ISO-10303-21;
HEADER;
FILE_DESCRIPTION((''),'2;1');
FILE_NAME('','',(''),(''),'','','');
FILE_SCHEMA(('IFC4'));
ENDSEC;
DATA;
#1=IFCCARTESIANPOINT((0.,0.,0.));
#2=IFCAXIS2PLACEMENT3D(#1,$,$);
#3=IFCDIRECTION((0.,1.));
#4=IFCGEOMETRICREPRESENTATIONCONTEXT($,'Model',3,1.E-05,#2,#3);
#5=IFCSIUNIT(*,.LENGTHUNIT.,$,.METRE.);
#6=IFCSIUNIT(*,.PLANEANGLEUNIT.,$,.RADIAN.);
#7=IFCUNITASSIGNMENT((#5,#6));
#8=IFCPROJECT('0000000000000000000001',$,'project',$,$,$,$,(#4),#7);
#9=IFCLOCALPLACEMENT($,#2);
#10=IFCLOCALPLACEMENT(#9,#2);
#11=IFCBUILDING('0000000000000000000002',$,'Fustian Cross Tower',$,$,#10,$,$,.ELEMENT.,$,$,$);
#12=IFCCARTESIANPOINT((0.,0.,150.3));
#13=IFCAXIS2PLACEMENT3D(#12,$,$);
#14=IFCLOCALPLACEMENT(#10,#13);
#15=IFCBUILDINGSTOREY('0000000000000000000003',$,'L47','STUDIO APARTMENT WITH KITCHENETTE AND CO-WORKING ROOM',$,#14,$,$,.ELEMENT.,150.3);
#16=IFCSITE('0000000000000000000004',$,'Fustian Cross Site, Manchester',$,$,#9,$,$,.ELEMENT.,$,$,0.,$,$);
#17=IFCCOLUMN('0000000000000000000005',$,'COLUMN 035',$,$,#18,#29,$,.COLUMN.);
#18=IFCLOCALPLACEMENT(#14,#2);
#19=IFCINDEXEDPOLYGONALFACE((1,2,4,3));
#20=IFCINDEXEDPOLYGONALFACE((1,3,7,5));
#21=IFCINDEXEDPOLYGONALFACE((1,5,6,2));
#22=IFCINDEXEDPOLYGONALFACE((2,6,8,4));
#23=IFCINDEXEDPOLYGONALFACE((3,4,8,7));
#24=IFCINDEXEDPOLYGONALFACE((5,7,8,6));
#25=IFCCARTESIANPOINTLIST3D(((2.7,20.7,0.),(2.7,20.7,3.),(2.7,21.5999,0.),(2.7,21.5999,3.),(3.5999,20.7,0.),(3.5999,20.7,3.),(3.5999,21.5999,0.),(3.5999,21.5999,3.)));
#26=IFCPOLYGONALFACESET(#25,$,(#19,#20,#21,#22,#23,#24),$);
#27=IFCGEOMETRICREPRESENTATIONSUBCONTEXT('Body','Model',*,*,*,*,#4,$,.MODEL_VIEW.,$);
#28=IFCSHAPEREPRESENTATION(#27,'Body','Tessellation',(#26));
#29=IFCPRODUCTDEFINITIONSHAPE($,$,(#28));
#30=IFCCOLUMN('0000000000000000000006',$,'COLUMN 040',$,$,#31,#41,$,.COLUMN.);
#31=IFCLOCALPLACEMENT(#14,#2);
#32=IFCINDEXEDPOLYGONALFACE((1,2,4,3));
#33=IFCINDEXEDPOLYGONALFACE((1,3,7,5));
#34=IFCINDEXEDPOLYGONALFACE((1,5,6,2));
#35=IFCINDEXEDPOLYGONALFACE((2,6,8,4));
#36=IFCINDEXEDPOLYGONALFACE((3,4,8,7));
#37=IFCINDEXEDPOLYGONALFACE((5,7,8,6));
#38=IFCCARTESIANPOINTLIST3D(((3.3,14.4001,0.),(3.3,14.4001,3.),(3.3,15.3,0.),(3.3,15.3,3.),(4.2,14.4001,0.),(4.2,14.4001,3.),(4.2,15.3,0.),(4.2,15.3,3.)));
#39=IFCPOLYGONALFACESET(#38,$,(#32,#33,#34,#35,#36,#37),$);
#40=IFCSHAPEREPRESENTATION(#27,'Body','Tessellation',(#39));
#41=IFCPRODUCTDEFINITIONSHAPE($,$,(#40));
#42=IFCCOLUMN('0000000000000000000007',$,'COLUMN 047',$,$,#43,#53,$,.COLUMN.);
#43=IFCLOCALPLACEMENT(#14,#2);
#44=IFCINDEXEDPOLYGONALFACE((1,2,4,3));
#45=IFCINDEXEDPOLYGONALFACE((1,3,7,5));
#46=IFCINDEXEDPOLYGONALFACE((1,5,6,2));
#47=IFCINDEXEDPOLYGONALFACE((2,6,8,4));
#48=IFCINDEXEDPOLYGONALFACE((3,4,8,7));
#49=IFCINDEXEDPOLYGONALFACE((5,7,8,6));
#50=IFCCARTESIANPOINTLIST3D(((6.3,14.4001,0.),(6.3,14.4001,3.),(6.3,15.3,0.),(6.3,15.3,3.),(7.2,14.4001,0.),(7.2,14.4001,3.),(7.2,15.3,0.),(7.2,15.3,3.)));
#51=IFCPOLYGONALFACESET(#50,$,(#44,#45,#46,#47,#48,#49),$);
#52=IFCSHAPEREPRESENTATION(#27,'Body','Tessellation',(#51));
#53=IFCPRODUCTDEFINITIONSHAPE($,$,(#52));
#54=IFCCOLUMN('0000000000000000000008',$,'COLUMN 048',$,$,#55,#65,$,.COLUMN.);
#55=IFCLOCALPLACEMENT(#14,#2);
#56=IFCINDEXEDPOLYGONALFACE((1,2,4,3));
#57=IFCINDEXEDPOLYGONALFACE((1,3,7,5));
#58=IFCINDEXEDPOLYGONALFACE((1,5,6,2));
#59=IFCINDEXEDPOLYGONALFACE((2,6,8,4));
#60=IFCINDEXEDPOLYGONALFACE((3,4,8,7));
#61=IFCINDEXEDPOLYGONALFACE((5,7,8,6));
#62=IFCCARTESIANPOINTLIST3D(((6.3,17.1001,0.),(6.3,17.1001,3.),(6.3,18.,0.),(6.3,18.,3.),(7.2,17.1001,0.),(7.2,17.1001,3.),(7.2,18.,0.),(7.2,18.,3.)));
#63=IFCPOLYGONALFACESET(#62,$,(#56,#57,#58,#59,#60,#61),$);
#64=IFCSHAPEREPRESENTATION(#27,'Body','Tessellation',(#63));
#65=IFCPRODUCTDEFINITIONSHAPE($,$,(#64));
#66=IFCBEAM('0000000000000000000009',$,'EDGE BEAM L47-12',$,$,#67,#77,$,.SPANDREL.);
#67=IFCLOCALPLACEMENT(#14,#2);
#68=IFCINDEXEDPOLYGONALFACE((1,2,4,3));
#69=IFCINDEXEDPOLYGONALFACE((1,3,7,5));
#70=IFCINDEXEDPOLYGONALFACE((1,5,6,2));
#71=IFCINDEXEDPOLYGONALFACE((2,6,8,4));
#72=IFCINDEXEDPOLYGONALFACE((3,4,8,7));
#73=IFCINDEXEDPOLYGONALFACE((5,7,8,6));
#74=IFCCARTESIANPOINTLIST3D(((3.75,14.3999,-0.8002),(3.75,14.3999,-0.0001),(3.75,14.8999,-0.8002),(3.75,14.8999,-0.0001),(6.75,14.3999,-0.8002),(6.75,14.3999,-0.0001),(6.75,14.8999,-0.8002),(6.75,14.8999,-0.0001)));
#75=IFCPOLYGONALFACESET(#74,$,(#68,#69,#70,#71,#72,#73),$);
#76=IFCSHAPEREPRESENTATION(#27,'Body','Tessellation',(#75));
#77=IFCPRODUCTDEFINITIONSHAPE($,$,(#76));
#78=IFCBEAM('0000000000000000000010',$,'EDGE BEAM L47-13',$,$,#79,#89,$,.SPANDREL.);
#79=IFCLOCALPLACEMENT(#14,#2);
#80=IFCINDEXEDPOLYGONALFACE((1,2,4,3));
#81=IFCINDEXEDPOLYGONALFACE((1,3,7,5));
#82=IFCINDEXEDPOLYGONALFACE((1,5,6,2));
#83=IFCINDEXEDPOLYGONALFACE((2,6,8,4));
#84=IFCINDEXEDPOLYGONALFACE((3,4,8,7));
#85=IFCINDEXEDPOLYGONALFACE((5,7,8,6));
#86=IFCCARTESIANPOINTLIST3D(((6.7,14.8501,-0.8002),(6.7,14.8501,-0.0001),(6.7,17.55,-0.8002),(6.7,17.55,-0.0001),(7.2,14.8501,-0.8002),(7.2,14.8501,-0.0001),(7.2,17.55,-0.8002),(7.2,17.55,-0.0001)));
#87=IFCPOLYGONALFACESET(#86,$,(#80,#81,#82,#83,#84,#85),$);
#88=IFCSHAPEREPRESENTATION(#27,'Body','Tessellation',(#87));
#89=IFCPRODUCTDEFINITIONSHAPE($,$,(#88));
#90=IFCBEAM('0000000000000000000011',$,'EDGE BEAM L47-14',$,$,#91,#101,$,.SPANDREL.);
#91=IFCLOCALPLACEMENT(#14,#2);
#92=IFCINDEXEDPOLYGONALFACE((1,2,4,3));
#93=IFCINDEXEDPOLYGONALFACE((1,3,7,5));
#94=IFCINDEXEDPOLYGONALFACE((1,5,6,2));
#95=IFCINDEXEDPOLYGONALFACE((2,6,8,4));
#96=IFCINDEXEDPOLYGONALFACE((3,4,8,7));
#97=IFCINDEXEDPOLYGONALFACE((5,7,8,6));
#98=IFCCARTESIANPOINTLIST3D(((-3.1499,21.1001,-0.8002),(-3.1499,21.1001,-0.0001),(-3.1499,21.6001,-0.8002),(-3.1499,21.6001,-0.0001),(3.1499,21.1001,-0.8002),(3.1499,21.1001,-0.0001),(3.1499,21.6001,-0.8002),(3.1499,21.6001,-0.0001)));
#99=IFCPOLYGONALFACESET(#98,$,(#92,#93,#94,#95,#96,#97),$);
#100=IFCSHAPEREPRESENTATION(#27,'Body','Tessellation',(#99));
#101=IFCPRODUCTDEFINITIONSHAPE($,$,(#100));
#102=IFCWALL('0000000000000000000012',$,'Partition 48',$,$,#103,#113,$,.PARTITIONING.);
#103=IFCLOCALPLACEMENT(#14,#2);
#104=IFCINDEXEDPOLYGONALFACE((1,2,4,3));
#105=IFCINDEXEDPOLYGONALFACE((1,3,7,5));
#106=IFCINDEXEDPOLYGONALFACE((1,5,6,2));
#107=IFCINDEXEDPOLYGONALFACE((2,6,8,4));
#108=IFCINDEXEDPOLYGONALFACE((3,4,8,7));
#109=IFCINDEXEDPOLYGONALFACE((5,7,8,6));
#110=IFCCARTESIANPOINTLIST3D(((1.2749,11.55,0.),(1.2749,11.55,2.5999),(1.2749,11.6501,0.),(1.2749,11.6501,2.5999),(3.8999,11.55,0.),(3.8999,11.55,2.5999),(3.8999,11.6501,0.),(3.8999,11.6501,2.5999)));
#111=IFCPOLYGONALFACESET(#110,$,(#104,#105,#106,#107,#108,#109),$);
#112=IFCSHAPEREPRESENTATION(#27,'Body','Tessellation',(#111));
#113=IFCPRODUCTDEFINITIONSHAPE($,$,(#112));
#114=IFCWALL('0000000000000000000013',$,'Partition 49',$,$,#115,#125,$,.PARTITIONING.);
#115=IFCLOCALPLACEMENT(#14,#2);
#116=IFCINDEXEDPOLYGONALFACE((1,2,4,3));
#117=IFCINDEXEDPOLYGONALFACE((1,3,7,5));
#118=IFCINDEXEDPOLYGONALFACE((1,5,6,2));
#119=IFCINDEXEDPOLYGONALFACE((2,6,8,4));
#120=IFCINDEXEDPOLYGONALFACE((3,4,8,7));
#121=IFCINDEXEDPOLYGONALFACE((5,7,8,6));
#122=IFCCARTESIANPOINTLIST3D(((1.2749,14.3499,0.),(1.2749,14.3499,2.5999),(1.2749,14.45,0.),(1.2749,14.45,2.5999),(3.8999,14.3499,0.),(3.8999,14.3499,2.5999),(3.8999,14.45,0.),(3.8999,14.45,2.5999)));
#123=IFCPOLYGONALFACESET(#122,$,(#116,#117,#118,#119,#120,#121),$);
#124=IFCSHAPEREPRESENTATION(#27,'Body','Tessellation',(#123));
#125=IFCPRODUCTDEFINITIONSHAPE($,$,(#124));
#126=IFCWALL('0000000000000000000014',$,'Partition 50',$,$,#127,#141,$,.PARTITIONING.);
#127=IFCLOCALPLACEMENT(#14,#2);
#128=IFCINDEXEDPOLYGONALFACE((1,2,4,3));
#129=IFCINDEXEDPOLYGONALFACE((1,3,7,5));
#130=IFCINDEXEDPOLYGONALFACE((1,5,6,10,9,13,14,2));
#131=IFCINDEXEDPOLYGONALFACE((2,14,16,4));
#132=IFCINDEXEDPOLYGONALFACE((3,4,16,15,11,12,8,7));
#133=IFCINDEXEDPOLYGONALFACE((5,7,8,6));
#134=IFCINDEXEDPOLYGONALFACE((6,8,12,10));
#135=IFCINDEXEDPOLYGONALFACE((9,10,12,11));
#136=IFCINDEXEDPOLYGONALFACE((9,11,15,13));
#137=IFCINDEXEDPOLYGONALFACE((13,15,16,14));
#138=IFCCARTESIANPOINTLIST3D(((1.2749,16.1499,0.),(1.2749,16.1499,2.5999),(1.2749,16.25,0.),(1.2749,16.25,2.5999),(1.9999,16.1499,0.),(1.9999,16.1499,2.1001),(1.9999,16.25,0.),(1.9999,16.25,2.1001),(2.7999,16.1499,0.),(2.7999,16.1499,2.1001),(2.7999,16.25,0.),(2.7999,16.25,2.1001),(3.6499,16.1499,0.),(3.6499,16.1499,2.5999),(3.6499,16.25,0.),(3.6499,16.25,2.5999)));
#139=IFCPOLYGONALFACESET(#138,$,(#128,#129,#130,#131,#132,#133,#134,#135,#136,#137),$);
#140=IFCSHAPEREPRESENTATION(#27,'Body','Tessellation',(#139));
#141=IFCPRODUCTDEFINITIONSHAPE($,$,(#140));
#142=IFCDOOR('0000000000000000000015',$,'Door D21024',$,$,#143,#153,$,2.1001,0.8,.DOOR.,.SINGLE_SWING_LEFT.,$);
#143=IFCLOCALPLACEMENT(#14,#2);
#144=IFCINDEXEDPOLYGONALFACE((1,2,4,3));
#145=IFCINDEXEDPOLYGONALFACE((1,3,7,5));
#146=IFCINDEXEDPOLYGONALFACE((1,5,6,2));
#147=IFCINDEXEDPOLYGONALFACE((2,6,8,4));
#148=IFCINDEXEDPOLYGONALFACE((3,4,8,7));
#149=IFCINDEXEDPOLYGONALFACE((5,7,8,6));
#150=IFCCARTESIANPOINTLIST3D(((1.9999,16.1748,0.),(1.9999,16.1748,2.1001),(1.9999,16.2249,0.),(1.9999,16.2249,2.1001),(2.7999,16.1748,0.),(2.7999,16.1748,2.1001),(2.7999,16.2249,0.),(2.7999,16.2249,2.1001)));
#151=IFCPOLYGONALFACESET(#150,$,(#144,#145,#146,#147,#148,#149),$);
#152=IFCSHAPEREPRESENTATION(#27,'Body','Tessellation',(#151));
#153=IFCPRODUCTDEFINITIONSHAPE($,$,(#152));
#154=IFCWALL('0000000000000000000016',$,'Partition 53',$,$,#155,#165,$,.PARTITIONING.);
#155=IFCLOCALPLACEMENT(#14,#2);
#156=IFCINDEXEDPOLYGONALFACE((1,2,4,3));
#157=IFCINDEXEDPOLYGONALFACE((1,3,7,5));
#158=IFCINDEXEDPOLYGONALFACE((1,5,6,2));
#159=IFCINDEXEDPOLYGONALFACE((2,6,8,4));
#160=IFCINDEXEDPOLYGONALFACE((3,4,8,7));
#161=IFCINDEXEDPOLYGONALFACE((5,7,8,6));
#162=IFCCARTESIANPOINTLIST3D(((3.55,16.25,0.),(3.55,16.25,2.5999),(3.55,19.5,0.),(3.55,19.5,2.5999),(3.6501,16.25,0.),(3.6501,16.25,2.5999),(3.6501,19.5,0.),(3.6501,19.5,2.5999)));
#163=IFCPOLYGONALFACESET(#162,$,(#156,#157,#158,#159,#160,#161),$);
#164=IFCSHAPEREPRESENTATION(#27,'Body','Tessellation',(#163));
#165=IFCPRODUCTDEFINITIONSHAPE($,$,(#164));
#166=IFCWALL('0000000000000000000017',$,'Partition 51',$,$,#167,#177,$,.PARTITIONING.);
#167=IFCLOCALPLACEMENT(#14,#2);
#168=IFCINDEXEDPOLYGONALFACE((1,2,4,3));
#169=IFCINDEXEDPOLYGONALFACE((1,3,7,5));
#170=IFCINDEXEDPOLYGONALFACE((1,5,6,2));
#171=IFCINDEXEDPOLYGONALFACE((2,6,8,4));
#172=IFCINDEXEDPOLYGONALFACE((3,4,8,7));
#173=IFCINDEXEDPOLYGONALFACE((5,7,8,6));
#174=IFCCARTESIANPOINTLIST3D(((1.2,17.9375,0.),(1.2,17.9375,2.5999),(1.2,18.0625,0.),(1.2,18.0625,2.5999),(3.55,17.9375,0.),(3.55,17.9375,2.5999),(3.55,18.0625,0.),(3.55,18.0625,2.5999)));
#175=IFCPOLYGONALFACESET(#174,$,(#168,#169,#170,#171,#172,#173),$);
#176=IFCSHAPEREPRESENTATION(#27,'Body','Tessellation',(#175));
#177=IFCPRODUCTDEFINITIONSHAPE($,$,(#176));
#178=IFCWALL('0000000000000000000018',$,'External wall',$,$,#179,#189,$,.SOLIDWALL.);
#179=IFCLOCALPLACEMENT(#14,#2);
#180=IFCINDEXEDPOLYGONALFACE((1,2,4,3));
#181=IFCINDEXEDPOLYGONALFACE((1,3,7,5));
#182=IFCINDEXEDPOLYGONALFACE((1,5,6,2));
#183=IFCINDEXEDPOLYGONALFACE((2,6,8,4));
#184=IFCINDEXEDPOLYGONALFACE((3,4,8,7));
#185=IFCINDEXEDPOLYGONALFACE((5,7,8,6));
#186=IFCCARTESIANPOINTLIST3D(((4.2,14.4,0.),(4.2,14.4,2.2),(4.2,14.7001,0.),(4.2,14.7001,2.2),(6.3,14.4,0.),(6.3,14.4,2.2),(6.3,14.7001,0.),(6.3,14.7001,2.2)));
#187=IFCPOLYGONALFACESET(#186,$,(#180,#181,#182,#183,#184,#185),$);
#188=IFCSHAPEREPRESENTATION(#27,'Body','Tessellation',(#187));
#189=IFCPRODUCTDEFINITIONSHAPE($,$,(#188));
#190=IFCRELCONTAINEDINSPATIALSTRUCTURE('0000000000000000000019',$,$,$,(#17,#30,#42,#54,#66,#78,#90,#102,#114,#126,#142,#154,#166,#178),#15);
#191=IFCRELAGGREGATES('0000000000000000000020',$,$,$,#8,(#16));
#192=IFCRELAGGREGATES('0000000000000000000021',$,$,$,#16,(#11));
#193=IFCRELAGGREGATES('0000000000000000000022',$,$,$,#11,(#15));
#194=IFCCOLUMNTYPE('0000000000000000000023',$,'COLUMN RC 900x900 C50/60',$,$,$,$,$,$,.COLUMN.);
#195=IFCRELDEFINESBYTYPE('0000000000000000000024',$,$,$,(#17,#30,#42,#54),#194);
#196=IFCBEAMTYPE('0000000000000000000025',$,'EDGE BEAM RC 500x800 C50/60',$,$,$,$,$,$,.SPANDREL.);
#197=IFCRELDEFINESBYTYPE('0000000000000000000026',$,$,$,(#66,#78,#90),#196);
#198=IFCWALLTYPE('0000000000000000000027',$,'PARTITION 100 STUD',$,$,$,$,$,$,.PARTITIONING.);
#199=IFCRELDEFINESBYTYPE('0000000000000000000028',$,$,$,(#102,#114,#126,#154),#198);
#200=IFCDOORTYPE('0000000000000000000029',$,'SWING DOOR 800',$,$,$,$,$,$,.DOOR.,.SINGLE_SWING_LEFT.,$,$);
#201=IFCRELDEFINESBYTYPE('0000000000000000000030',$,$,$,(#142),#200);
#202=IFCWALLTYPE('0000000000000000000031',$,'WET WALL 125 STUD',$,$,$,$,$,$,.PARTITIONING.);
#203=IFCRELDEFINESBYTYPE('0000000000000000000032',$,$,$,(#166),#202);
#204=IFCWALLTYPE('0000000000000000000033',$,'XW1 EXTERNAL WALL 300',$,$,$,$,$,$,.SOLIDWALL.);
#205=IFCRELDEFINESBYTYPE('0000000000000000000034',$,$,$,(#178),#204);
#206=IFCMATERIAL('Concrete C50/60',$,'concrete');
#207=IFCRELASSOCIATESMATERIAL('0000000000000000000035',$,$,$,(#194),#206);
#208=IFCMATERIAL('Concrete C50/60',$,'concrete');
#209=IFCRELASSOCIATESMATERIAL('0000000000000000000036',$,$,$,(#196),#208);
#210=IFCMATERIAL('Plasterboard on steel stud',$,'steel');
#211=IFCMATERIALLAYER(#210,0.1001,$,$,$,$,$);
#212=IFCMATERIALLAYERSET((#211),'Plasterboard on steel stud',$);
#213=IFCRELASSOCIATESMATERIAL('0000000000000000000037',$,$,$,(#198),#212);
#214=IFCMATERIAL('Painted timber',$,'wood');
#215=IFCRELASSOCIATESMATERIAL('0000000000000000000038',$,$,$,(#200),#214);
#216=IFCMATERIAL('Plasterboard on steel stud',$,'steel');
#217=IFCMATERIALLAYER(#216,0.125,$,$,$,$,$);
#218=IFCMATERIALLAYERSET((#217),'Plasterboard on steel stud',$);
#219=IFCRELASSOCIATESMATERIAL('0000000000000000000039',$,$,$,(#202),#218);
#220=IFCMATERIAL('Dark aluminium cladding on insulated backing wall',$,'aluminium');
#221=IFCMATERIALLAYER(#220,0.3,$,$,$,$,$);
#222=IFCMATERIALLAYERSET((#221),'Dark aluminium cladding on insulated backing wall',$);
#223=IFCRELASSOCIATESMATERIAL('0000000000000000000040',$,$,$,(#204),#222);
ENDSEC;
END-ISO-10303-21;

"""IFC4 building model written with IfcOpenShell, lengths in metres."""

from ifc_helpers import new_model, si_unit, direction, frame, frame_2d, origin, origin_2d, place, context, subcontext, project, spatial, rectangle, extrude, material, layer, layer_set, material_profile, profile_set, type_object, element, fill, save


model = new_model("IFC4")

# Units and contexts
model_context = context("Model", 3, precision=1e-05, world=origin(), true_north=direction((0.0, 1.0)))
body_context = subcontext(model_context, "Body", "Model", "MODEL_VIEW")
ifc_project = project(units=[si_unit("LENGTHUNIT", "METRE"), si_unit("PLANEANGLEUNIT", "RADIAN")], contexts=[model_context])

# Site, building, storey
site_placement = place(None, origin())
site = spatial("IfcSite", under=ifc_project, at=site_placement, Name="Fustian Cross Site, Manchester", CompositionType="ELEMENT", RefElevation=0.0)
building_placement = place(site_placement, origin())
building = spatial("IfcBuilding", under=site, at=building_placement, Name="Fustian Cross Tower", CompositionType="ELEMENT")
storey_placement = place(building_placement, frame((0.0, 0.0, 150.3)))
storey = spatial("IfcBuildingStorey", under=building, at=storey_placement, Name="L47", Description="STUDIO APARTMENT WITH KITCHENETTE AND CO-WORKING ROOM", CompositionType="ELEMENT", Elevation=150.3)

# Columns
ifc_material_1 = material(Name="Concrete C50/60", Category="concrete")
ifc_material_profile_1 = material_profile(ifc_material_1, rectangle(XDim=0.8999, YDim=0.8999, at=origin_2d()), Name="RC 900x900")
ifc_profile_set_1 = profile_set([ifc_material_profile_1], Name="Concrete C50/60")
column_type = type_object("IfcColumnType", Name="COLUMN RC 900x900 C50/60", PredefinedType="COLUMN", material=ifc_profile_set_1)
for number, where, z_axis, x_axis, name in (
    (1, (3.1499, 21.1499, 0.0), (0.0, 0.0, 1.0), (1.0, 0.0, 0.0), "COLUMN 035"),
    (2, (3.75, 14.8501, 0.0), (0.0, 0.0, 1.0), (1.0, 0.0, 0.0), "COLUMN 040"),
    (3, (6.75, 14.8501, 0.0), (0.0, 0.0, 1.0), (1.0, 0.0, 0.0), "COLUMN 047"),
    (4, (6.75, 17.55, 0.0), (0.0, 0.0, 1.0), (1.0, 0.0, 0.0), "COLUMN 048"),
):
    element("IfcColumn", number, at=place(storey_placement, frame(where, z_axis=z_axis, x_axis=x_axis)), inside=storey, type_object=column_type, Name=name, PredefinedType="COLUMN", context=body_context, shape_type="SweptSolid", body=[
        extrude(rectangle(XDim=0.8999, YDim=0.8999, at=origin_2d()), origin(), (0.0, 0.0, 1.0), 3.0),
    ])

# Beams
ifc_material_2 = material(Name="Concrete C50/60", Category="concrete")
ifc_material_profile_2 = material_profile(ifc_material_2, rectangle(XDim=0.5, YDim=0.8, at=origin_2d()), Name="RC 500x800")
ifc_profile_set_2 = profile_set([ifc_material_profile_2], Name="Concrete C50/60")
beam_type = type_object("IfcBeamType", Name="EDGE BEAM RC 500x800 C50/60", PredefinedType="SPANDREL", material=ifc_profile_set_2)
beam_1_placement = place(storey_placement, frame((3.75, 14.6499, -0.4001), z_axis=(1.0, 0.0, 0.0), x_axis=(0.0, 1.0, 0.0)))
element("IfcBeam", 5, at=beam_1_placement, inside=storey, type_object=beam_type, Name="EDGE BEAM L47-12", PredefinedType="SPANDREL", context=body_context, shape_type="SweptSolid", body=[
    extrude(rectangle(XDim=0.5, YDim=0.8, at=origin_2d()), origin(), (0.0, 0.0, 1.0), 3.0),
])
beam_2_placement = place(storey_placement, frame((6.95, 14.8501, -0.4001), z_axis=(0.0, 1.0, 0.0), x_axis=(-1.0, 0.0, 0.0)))
element("IfcBeam", 6, at=beam_2_placement, inside=storey, type_object=beam_type, Name="EDGE BEAM L47-13", PredefinedType="SPANDREL", context=body_context, shape_type="SweptSolid", body=[
    extrude(rectangle(XDim=0.5, YDim=0.8, at=origin_2d()), origin(), (0.0, 0.0, 1.0), 2.7),
])
beam_3_placement = place(storey_placement, frame((3.1499, 21.3501, -0.4001), z_axis=(-1.0, 0.0, 0.0), x_axis=(0.0, -1.0, 0.0)))
element("IfcBeam", 7, at=beam_3_placement, inside=storey, type_object=beam_type, Name="EDGE BEAM L47-14", PredefinedType="SPANDREL", context=body_context, shape_type="SweptSolid", body=[
    extrude(rectangle(XDim=0.5, YDim=0.8, at=origin_2d()), origin(), (0.0, 0.0, 1.0), 6.2998),
])

# Walls
ifc_material_3 = material(Name="Plasterboard on steel stud", Category="steel")
ifc_layer_1 = layer(ifc_material_3, 0.1001)
ifc_layer_set_1 = layer_set([ifc_layer_1], Name="Plasterboard on steel stud")
wall_type_1 = type_object("IfcWallType", Name="PARTITION 100 STUD", PredefinedType="PARTITIONING", material=ifc_layer_set_1)
for number, where, z_axis, x_axis, name in (
    (8, (1.2749, 11.6001, 0.0), (0.0, 0.0, 1.0), (1.0, 0.0, 0.0), "Partition 48"),
    (9, (1.2749, 14.3999, 0.0), (0.0, 0.0, 1.0), (1.0, 0.0, 0.0), "Partition 49"),
):
    element("IfcWall", number, at=place(storey_placement, frame(where, z_axis=z_axis, x_axis=x_axis)), inside=storey, type_object=wall_type_1, Name=name, PredefinedType="PARTITIONING", context=body_context, shape_type="SweptSolid", body=[
        extrude(rectangle(XDim=2.625, YDim=0.1001, at=frame_2d((1.3125, 0.0))), origin(), (0.0, 0.0, 1.0), 2.5999),
    ])

# Wall, opening, door
wall_1_placement = place(storey_placement, frame((1.2749, 16.2, 0.0), z_axis=(0.0, 0.0, 1.0), x_axis=(1.0, 0.0, 0.0)))
wall_1 = element("IfcWall", 10, at=wall_1_placement, inside=storey, type_object=wall_type_1, Name="Partition 50", PredefinedType="PARTITIONING", context=body_context, shape_type="SweptSolid", body=[
    extrude(rectangle(XDim=2.375, YDim=0.1001, at=frame_2d((1.1875, 0.0))), origin(), (0.0, 0.0, 1.0), 2.5999),
])
opening_1_placement = place(wall_1_placement, frame((0.7251, 0.0, 0.0)))
opening_1 = element("IfcOpeningElement", 11, at=opening_1_placement, cuts=wall_1, PredefinedType="OPENING", context=body_context, shape_type="SweptSolid", body=[
    extrude(rectangle(XDim=0.8, YDim=2.1001, at=frame_2d((0.3999, 1.05))), frame((0.0, 0.0601, 0.0), z_axis=(0.0, -1.0, 0.0), x_axis=(1.0, 0.0, 0.0)), (0.0, 0.0, 1.0), 0.1201),
])
ifc_material_4 = material(Name="Painted timber", Category="wood")
door_type = type_object("IfcDoorType", Name="SWING DOOR 800", OperationType="SINGLE_SWING_LEFT", PredefinedType="DOOR", material=ifc_material_4)
door_placement = place(opening_1_placement, origin())
door = element("IfcDoor", 12, at=door_placement, inside=storey, type_object=door_type, Name="Door D21024", OperationType="SINGLE_SWING_LEFT", OverallHeight=2.1001, OverallWidth=0.8, PredefinedType="DOOR", context=body_context, shape_type="SweptSolid", body=[
    extrude(rectangle(XDim=0.8, YDim=2.1001, at=frame_2d((0.3999, 1.05))), frame((0.0, 0.0249, 0.0), z_axis=(0.0, -1.0, 0.0), x_axis=(1.0, 0.0, 0.0)), (0.0, 0.0, 1.0), 0.05),
])
fill(opening_1, door)

# Walls
wall_2_placement = place(storey_placement, frame((3.6001, 16.25, 0.0), z_axis=(0.0, 0.0, 1.0), x_axis=(0.0, 1.0, 0.0)))
element("IfcWall", 13, at=wall_2_placement, inside=storey, type_object=wall_type_1, Name="Partition 53", PredefinedType="PARTITIONING", context=body_context, shape_type="SweptSolid", body=[
    extrude(rectangle(XDim=3.25, YDim=0.1001, at=frame_2d((1.625, 0.0))), origin(), (0.0, 0.0, 1.0), 2.5999),
])
ifc_material_5 = material(Name="Plasterboard on steel stud", Category="steel")
ifc_layer_2 = layer(ifc_material_5, 0.125)
ifc_layer_set_2 = layer_set([ifc_layer_2], Name="Plasterboard on steel stud")
wall_type_2 = type_object("IfcWallType", Name="WET WALL 125 STUD", PredefinedType="PARTITIONING", material=ifc_layer_set_2)
wall_3_placement = place(storey_placement, frame((1.2, 18.0, 0.0), z_axis=(0.0, 0.0, 1.0), x_axis=(1.0, 0.0, 0.0)))
element("IfcWall", 14, at=wall_3_placement, inside=storey, type_object=wall_type_2, Name="Partition 51", PredefinedType="PARTITIONING", context=body_context, shape_type="SweptSolid", body=[
    extrude(rectangle(XDim=2.3501, YDim=0.125, at=frame_2d((1.175, 0.0))), origin(), (0.0, 0.0, 1.0), 2.5999),
])
ifc_material_6 = material(Name="Dark aluminium cladding on insulated backing wall", Category="aluminium")
ifc_layer_3 = layer(ifc_material_6, 0.3)
ifc_layer_set_3 = layer_set([ifc_layer_3], Name="Dark aluminium cladding on insulated backing wall")
wall_type_3 = type_object("IfcWallType", Name="XW1 EXTERNAL WALL 300", PredefinedType="SOLIDWALL", material=ifc_layer_set_3)
wall_4_placement = place(storey_placement, frame((4.2, 14.55, 0.0), z_axis=(0.0, 0.0, 1.0), x_axis=(1.0, 0.0, 0.0)))
element("IfcWall", 15, at=wall_4_placement, inside=storey, type_object=wall_type_3, Name="External wall", PredefinedType="SOLIDWALL", context=body_context, shape_type="SweptSolid", body=[
    extrude(rectangle(XDim=2.1001, YDim=0.3, at=frame_2d((1.05, 0.0))), origin(), (0.0, 0.0, 1.0), 2.2),
])

save(model, "model.ifc")
